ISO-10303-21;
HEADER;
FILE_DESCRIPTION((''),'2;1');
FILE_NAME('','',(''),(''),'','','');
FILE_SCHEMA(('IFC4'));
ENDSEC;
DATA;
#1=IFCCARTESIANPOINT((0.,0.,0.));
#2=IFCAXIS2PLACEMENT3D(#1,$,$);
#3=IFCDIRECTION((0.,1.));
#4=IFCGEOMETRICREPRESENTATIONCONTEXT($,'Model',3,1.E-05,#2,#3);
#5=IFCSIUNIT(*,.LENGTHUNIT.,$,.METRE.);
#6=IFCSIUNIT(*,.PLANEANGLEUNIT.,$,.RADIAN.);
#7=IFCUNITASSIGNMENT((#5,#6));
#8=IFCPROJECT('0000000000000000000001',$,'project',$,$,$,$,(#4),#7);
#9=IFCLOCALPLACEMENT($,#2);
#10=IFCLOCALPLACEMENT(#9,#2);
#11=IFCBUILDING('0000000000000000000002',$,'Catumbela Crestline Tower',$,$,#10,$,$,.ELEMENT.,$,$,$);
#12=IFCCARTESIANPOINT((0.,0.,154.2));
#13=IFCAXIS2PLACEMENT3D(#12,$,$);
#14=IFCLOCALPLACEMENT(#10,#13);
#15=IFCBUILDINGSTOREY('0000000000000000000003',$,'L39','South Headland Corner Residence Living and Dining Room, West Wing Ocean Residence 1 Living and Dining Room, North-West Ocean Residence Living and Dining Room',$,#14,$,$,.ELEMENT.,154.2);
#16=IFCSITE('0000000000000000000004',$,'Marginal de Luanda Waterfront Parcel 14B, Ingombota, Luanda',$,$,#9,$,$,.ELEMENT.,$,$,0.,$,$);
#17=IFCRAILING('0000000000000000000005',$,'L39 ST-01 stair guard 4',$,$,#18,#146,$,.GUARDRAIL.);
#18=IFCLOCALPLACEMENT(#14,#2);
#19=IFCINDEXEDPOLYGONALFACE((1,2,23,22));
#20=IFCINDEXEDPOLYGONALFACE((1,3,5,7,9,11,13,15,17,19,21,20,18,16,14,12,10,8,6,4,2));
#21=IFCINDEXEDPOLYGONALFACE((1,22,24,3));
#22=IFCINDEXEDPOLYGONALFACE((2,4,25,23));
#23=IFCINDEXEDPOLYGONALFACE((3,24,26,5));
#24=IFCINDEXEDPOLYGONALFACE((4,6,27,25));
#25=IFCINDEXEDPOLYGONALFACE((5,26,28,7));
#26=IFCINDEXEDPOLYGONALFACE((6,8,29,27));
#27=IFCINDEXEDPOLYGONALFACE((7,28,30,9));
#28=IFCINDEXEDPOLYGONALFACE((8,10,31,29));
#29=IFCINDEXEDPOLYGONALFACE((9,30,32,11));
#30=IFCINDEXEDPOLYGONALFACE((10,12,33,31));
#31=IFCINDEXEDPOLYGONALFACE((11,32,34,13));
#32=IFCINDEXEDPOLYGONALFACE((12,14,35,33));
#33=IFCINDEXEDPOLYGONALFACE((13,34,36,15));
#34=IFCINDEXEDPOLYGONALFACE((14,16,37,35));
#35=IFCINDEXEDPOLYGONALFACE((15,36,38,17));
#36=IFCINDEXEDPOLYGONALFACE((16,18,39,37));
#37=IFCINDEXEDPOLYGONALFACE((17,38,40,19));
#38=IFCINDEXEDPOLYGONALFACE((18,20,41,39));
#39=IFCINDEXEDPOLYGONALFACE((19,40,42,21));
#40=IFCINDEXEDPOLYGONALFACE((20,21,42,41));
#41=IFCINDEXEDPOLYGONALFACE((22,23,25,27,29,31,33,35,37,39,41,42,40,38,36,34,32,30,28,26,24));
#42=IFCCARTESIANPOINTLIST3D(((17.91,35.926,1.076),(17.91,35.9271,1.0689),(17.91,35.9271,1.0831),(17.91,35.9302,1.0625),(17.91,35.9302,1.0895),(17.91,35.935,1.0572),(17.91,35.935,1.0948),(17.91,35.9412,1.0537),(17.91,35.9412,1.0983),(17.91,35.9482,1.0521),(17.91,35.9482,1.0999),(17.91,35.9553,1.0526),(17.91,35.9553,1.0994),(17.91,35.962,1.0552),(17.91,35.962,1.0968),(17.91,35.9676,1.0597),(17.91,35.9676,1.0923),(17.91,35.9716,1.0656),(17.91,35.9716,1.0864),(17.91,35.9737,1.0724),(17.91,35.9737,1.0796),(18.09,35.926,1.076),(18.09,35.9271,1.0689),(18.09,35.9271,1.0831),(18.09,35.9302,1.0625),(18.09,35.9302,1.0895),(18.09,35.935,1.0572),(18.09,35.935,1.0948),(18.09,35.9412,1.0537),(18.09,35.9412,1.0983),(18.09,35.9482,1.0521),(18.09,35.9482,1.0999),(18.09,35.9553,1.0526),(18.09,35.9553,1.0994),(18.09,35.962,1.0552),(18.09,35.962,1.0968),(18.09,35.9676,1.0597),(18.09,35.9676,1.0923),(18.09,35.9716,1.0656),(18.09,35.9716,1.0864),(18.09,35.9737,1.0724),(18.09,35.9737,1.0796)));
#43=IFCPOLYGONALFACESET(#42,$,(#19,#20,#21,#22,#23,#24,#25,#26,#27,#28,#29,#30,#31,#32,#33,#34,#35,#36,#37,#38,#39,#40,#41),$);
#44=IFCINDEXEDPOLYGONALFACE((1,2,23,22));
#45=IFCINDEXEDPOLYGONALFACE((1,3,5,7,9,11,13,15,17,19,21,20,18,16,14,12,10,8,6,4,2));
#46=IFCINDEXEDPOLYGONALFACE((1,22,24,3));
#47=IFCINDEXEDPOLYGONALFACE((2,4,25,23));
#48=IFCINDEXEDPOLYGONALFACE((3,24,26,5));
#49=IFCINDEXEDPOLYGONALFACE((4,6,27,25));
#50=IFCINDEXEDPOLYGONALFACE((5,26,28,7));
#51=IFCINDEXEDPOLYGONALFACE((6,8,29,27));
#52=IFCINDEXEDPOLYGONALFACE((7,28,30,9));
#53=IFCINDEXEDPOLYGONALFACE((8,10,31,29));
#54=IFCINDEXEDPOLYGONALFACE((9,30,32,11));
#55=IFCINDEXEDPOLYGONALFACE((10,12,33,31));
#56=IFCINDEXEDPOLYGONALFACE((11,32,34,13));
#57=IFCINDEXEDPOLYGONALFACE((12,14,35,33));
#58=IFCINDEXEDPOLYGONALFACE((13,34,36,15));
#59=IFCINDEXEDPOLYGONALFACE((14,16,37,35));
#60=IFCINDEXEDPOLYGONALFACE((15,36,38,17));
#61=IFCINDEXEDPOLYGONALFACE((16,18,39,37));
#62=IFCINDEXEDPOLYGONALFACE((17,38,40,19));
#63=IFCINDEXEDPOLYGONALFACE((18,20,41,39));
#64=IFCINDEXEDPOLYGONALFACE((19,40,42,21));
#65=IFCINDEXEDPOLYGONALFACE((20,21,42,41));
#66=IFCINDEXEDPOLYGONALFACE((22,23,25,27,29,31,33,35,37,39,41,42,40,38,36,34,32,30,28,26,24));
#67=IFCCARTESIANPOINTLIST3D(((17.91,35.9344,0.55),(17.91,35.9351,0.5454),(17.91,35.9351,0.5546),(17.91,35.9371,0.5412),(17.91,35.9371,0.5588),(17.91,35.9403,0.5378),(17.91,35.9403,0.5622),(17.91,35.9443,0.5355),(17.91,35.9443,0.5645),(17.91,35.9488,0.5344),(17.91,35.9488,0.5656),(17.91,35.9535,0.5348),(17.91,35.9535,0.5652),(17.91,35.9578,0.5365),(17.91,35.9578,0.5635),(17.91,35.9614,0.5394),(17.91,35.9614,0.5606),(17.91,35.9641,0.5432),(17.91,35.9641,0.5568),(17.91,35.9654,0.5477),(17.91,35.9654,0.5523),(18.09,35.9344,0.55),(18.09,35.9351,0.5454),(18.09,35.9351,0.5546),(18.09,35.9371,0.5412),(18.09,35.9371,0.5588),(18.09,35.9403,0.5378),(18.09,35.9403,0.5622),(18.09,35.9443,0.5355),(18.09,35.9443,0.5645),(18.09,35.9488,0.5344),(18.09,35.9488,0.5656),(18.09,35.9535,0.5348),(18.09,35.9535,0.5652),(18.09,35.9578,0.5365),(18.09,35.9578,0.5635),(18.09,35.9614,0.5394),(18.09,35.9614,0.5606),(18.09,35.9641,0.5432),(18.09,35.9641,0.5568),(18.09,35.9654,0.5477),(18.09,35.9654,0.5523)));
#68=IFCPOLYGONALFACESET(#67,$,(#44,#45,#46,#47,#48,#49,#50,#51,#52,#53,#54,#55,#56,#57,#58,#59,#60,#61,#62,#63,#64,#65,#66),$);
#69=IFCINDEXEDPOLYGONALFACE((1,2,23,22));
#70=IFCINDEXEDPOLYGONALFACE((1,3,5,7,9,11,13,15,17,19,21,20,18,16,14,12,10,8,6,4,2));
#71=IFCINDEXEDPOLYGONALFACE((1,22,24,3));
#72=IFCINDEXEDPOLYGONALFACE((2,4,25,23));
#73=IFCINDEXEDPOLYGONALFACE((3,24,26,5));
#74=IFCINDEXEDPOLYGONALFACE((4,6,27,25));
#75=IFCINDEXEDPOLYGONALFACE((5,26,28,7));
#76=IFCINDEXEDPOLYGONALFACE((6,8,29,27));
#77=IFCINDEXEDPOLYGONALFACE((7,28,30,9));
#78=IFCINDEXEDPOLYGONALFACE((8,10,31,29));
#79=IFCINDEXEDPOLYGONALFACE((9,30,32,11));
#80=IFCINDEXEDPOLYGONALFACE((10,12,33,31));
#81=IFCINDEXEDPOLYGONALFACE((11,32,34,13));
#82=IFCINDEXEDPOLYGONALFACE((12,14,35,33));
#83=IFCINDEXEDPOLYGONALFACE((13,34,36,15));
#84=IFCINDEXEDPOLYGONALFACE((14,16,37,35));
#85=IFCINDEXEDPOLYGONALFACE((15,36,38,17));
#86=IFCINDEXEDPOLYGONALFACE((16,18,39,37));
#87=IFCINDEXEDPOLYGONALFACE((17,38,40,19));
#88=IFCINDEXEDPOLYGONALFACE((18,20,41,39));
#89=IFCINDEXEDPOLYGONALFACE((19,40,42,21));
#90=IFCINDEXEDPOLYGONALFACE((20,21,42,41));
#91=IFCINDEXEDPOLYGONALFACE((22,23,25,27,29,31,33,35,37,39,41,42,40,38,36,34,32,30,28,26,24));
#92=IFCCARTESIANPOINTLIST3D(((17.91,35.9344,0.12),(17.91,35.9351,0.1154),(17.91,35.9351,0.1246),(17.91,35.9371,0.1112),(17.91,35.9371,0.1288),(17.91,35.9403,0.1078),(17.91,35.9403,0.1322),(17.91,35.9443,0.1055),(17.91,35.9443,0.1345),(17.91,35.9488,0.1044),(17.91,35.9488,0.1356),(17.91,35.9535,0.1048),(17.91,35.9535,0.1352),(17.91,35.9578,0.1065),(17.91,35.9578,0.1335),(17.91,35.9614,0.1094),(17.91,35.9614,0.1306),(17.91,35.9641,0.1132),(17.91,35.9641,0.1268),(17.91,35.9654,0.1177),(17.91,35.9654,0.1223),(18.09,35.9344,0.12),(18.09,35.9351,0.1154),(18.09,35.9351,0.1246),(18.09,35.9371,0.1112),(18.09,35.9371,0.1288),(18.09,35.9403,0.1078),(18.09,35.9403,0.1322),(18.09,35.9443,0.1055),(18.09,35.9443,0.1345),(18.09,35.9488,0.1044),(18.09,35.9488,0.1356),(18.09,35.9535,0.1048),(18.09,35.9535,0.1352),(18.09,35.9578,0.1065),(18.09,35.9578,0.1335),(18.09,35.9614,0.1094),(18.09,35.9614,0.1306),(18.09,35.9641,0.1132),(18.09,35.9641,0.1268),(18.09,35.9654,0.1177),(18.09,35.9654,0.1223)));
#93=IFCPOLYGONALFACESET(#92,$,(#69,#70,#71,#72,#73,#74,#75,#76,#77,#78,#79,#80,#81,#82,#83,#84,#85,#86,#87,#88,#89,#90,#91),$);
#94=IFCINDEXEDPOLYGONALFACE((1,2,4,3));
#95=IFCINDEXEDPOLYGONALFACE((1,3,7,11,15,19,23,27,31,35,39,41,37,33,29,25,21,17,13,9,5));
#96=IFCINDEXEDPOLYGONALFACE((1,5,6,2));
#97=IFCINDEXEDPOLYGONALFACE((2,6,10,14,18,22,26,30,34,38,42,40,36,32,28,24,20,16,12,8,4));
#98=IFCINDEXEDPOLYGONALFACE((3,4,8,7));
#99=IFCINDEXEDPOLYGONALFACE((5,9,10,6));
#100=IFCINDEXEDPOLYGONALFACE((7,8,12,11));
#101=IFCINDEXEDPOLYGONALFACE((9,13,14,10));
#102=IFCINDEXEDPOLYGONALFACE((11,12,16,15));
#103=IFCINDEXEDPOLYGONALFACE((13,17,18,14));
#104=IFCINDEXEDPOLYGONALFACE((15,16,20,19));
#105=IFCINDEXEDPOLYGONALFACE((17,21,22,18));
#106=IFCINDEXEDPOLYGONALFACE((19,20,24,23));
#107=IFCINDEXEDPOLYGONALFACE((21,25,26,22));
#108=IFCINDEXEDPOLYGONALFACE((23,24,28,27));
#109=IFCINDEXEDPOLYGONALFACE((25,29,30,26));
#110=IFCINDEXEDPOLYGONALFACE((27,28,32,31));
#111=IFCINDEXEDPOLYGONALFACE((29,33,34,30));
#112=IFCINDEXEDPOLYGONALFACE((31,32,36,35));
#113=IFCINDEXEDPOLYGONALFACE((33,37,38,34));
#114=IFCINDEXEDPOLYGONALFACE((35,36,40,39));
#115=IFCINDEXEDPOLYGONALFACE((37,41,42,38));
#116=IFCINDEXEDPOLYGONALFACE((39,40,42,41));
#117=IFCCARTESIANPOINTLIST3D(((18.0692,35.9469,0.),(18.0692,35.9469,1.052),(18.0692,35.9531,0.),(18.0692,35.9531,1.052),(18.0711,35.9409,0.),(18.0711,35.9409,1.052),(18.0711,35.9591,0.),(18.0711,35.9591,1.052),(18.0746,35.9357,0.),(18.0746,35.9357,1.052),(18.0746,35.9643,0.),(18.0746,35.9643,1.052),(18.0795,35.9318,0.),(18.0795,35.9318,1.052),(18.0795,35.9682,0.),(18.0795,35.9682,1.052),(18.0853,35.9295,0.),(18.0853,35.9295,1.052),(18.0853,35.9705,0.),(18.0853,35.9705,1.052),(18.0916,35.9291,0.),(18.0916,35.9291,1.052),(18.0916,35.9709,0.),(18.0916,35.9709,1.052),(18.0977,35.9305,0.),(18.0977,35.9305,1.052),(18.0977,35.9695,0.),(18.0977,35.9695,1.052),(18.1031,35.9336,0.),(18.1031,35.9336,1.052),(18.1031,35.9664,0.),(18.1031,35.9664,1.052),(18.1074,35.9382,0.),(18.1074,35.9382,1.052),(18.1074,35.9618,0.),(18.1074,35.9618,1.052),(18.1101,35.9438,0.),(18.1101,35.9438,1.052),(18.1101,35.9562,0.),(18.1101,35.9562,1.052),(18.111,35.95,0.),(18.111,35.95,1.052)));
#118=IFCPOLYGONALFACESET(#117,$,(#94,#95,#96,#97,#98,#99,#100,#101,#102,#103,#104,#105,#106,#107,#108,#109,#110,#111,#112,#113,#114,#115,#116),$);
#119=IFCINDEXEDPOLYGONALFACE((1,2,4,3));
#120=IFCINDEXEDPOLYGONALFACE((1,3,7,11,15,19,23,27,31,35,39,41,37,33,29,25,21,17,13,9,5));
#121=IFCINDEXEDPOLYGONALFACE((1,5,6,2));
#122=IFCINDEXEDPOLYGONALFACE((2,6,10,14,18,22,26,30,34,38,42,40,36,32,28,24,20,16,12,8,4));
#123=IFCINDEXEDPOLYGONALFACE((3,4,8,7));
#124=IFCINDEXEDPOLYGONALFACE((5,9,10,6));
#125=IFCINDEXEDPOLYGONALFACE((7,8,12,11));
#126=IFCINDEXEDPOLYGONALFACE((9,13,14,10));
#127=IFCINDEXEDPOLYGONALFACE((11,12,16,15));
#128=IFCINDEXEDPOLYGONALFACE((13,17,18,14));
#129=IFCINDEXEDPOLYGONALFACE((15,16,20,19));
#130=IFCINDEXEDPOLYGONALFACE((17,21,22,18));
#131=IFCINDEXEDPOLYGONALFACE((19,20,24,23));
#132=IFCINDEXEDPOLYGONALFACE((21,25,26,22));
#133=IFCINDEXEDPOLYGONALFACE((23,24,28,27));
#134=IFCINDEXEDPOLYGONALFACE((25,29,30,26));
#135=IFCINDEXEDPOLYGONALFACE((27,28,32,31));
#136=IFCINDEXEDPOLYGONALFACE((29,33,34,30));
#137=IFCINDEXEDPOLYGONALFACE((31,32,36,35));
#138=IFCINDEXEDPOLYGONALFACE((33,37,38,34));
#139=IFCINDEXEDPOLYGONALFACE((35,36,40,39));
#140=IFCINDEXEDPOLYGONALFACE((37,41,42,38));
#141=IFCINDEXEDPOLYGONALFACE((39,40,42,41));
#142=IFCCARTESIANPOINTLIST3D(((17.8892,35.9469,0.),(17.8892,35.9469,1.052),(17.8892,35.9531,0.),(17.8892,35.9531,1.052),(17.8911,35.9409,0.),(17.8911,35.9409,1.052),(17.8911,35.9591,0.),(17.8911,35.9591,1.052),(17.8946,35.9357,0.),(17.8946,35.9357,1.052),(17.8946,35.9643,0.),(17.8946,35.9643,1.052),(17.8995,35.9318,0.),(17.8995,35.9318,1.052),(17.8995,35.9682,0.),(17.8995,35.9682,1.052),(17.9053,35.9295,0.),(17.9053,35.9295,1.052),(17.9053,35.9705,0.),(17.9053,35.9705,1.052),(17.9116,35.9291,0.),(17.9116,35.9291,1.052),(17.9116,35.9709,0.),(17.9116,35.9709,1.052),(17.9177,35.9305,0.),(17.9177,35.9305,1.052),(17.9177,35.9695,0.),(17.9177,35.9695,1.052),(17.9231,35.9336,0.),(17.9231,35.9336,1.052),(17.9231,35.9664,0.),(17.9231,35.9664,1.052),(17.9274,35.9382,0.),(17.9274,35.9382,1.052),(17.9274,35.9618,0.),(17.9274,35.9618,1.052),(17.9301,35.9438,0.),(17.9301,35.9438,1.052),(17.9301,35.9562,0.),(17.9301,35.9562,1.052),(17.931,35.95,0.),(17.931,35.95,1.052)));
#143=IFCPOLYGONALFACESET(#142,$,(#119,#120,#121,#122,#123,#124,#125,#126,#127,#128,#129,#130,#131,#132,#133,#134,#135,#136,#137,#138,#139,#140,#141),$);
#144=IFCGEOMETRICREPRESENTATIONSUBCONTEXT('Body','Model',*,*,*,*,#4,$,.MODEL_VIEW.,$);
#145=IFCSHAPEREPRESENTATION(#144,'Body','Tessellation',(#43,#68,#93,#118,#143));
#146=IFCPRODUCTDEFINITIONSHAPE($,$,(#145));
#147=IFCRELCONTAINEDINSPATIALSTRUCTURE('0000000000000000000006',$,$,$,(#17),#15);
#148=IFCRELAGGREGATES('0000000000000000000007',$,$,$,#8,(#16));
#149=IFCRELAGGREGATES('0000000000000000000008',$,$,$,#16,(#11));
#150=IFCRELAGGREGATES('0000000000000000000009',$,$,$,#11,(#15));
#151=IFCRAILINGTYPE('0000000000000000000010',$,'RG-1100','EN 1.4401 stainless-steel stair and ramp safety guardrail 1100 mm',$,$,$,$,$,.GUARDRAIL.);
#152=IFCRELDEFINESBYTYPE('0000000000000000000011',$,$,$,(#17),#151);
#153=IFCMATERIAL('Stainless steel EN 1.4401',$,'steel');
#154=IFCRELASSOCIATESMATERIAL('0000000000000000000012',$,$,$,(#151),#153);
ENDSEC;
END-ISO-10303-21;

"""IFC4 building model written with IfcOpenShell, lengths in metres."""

from ifc_helpers import new_model, si_unit, direction, frame, origin, origin_2d, place, context, subcontext, project, spatial, circle, extrude, material, type_object, element, save


model = new_model("IFC4")

# Units and contexts
model_context = context("Model", 3, precision=1e-05, world=origin(), true_north=direction((0.0, 1.0)))
body_context = subcontext(model_context, "Body", "Model", "MODEL_VIEW")
ifc_project = project(units=[si_unit("LENGTHUNIT", "METRE"), si_unit("PLANEANGLEUNIT", "RADIAN")], contexts=[model_context])

# Site, building, storey
site_placement = place(None, origin())
site = spatial("IfcSite", under=ifc_project, at=site_placement, Name="Marginal de Luanda Waterfront Parcel 14B, Ingombota, Luanda", CompositionType="ELEMENT", RefElevation=0.0)
building_placement = place(site_placement, origin())
building = spatial("IfcBuilding", under=site, at=building_placement, Name="Catumbela Crestline Tower", CompositionType="ELEMENT")
storey_placement = place(building_placement, frame((0.0, 0.0, 154.2)))
storey = spatial("IfcBuildingStorey", under=building, at=storey_placement, Name="L39", Description="South Headland Corner Residence Living and Dining Room, West Wing Ocean Residence 1 Living and Dining Room, North-West Ocean Residence Living and Dining Room", CompositionType="ELEMENT", Elevation=154.2)

# Shared definitions
ifc_material_1 = material(Name="Stainless steel EN 1.4401", Category="steel")

# Railing
railing_type_1 = type_object("IfcRailingType", Name="RG-1100", Description="EN 1.4401 stainless-steel stair and ramp safety guardrail 1100 mm", PredefinedType="GUARDRAIL", material=ifc_material_1)
railing_1_placement = place(storey_placement, frame((18.09, 35.95, 0.0)))
element("IfcRailing", 1, at=railing_1_placement, inside=storey, type_object=railing_type_1, Name="L39 ST-01 stair guard 4", PredefinedType="GUARDRAIL", context=body_context, shape_type="SweptSolid", body=[
    extrude(circle(Radius=0.024, at=origin_2d()), frame((0.0, 0.0, 1.076), z_axis=(-1.0, 0.0, 0.0), x_axis=(0.0, -1.0, 0.0)), (0.0, 0.0, 1.0), 0.18),
    extrude(circle(Radius=0.0156, at=origin_2d()), frame((0.0, 0.0, 0.55), z_axis=(-1.0, 0.0, 0.0), x_axis=(0.0, -1.0, 0.0)), (0.0, 0.0, 1.0), 0.18),
    extrude(circle(Radius=0.0156, at=origin_2d()), frame((0.0, 0.0, 0.12), z_axis=(-1.0, 0.0, 0.0), x_axis=(0.0, -1.0, 0.0)), (0.0, 0.0, 1.0), 0.18),
    extrude(circle(Radius=0.021, at=origin_2d()), origin(), (0.0, 0.0, 1.0), 1.052),
    extrude(circle(Radius=0.021, at=origin_2d()), frame((-0.18, 0.0, 0.0)), (0.0, 0.0, 1.0), 1.052),
])

save(model, "model.ifc")
